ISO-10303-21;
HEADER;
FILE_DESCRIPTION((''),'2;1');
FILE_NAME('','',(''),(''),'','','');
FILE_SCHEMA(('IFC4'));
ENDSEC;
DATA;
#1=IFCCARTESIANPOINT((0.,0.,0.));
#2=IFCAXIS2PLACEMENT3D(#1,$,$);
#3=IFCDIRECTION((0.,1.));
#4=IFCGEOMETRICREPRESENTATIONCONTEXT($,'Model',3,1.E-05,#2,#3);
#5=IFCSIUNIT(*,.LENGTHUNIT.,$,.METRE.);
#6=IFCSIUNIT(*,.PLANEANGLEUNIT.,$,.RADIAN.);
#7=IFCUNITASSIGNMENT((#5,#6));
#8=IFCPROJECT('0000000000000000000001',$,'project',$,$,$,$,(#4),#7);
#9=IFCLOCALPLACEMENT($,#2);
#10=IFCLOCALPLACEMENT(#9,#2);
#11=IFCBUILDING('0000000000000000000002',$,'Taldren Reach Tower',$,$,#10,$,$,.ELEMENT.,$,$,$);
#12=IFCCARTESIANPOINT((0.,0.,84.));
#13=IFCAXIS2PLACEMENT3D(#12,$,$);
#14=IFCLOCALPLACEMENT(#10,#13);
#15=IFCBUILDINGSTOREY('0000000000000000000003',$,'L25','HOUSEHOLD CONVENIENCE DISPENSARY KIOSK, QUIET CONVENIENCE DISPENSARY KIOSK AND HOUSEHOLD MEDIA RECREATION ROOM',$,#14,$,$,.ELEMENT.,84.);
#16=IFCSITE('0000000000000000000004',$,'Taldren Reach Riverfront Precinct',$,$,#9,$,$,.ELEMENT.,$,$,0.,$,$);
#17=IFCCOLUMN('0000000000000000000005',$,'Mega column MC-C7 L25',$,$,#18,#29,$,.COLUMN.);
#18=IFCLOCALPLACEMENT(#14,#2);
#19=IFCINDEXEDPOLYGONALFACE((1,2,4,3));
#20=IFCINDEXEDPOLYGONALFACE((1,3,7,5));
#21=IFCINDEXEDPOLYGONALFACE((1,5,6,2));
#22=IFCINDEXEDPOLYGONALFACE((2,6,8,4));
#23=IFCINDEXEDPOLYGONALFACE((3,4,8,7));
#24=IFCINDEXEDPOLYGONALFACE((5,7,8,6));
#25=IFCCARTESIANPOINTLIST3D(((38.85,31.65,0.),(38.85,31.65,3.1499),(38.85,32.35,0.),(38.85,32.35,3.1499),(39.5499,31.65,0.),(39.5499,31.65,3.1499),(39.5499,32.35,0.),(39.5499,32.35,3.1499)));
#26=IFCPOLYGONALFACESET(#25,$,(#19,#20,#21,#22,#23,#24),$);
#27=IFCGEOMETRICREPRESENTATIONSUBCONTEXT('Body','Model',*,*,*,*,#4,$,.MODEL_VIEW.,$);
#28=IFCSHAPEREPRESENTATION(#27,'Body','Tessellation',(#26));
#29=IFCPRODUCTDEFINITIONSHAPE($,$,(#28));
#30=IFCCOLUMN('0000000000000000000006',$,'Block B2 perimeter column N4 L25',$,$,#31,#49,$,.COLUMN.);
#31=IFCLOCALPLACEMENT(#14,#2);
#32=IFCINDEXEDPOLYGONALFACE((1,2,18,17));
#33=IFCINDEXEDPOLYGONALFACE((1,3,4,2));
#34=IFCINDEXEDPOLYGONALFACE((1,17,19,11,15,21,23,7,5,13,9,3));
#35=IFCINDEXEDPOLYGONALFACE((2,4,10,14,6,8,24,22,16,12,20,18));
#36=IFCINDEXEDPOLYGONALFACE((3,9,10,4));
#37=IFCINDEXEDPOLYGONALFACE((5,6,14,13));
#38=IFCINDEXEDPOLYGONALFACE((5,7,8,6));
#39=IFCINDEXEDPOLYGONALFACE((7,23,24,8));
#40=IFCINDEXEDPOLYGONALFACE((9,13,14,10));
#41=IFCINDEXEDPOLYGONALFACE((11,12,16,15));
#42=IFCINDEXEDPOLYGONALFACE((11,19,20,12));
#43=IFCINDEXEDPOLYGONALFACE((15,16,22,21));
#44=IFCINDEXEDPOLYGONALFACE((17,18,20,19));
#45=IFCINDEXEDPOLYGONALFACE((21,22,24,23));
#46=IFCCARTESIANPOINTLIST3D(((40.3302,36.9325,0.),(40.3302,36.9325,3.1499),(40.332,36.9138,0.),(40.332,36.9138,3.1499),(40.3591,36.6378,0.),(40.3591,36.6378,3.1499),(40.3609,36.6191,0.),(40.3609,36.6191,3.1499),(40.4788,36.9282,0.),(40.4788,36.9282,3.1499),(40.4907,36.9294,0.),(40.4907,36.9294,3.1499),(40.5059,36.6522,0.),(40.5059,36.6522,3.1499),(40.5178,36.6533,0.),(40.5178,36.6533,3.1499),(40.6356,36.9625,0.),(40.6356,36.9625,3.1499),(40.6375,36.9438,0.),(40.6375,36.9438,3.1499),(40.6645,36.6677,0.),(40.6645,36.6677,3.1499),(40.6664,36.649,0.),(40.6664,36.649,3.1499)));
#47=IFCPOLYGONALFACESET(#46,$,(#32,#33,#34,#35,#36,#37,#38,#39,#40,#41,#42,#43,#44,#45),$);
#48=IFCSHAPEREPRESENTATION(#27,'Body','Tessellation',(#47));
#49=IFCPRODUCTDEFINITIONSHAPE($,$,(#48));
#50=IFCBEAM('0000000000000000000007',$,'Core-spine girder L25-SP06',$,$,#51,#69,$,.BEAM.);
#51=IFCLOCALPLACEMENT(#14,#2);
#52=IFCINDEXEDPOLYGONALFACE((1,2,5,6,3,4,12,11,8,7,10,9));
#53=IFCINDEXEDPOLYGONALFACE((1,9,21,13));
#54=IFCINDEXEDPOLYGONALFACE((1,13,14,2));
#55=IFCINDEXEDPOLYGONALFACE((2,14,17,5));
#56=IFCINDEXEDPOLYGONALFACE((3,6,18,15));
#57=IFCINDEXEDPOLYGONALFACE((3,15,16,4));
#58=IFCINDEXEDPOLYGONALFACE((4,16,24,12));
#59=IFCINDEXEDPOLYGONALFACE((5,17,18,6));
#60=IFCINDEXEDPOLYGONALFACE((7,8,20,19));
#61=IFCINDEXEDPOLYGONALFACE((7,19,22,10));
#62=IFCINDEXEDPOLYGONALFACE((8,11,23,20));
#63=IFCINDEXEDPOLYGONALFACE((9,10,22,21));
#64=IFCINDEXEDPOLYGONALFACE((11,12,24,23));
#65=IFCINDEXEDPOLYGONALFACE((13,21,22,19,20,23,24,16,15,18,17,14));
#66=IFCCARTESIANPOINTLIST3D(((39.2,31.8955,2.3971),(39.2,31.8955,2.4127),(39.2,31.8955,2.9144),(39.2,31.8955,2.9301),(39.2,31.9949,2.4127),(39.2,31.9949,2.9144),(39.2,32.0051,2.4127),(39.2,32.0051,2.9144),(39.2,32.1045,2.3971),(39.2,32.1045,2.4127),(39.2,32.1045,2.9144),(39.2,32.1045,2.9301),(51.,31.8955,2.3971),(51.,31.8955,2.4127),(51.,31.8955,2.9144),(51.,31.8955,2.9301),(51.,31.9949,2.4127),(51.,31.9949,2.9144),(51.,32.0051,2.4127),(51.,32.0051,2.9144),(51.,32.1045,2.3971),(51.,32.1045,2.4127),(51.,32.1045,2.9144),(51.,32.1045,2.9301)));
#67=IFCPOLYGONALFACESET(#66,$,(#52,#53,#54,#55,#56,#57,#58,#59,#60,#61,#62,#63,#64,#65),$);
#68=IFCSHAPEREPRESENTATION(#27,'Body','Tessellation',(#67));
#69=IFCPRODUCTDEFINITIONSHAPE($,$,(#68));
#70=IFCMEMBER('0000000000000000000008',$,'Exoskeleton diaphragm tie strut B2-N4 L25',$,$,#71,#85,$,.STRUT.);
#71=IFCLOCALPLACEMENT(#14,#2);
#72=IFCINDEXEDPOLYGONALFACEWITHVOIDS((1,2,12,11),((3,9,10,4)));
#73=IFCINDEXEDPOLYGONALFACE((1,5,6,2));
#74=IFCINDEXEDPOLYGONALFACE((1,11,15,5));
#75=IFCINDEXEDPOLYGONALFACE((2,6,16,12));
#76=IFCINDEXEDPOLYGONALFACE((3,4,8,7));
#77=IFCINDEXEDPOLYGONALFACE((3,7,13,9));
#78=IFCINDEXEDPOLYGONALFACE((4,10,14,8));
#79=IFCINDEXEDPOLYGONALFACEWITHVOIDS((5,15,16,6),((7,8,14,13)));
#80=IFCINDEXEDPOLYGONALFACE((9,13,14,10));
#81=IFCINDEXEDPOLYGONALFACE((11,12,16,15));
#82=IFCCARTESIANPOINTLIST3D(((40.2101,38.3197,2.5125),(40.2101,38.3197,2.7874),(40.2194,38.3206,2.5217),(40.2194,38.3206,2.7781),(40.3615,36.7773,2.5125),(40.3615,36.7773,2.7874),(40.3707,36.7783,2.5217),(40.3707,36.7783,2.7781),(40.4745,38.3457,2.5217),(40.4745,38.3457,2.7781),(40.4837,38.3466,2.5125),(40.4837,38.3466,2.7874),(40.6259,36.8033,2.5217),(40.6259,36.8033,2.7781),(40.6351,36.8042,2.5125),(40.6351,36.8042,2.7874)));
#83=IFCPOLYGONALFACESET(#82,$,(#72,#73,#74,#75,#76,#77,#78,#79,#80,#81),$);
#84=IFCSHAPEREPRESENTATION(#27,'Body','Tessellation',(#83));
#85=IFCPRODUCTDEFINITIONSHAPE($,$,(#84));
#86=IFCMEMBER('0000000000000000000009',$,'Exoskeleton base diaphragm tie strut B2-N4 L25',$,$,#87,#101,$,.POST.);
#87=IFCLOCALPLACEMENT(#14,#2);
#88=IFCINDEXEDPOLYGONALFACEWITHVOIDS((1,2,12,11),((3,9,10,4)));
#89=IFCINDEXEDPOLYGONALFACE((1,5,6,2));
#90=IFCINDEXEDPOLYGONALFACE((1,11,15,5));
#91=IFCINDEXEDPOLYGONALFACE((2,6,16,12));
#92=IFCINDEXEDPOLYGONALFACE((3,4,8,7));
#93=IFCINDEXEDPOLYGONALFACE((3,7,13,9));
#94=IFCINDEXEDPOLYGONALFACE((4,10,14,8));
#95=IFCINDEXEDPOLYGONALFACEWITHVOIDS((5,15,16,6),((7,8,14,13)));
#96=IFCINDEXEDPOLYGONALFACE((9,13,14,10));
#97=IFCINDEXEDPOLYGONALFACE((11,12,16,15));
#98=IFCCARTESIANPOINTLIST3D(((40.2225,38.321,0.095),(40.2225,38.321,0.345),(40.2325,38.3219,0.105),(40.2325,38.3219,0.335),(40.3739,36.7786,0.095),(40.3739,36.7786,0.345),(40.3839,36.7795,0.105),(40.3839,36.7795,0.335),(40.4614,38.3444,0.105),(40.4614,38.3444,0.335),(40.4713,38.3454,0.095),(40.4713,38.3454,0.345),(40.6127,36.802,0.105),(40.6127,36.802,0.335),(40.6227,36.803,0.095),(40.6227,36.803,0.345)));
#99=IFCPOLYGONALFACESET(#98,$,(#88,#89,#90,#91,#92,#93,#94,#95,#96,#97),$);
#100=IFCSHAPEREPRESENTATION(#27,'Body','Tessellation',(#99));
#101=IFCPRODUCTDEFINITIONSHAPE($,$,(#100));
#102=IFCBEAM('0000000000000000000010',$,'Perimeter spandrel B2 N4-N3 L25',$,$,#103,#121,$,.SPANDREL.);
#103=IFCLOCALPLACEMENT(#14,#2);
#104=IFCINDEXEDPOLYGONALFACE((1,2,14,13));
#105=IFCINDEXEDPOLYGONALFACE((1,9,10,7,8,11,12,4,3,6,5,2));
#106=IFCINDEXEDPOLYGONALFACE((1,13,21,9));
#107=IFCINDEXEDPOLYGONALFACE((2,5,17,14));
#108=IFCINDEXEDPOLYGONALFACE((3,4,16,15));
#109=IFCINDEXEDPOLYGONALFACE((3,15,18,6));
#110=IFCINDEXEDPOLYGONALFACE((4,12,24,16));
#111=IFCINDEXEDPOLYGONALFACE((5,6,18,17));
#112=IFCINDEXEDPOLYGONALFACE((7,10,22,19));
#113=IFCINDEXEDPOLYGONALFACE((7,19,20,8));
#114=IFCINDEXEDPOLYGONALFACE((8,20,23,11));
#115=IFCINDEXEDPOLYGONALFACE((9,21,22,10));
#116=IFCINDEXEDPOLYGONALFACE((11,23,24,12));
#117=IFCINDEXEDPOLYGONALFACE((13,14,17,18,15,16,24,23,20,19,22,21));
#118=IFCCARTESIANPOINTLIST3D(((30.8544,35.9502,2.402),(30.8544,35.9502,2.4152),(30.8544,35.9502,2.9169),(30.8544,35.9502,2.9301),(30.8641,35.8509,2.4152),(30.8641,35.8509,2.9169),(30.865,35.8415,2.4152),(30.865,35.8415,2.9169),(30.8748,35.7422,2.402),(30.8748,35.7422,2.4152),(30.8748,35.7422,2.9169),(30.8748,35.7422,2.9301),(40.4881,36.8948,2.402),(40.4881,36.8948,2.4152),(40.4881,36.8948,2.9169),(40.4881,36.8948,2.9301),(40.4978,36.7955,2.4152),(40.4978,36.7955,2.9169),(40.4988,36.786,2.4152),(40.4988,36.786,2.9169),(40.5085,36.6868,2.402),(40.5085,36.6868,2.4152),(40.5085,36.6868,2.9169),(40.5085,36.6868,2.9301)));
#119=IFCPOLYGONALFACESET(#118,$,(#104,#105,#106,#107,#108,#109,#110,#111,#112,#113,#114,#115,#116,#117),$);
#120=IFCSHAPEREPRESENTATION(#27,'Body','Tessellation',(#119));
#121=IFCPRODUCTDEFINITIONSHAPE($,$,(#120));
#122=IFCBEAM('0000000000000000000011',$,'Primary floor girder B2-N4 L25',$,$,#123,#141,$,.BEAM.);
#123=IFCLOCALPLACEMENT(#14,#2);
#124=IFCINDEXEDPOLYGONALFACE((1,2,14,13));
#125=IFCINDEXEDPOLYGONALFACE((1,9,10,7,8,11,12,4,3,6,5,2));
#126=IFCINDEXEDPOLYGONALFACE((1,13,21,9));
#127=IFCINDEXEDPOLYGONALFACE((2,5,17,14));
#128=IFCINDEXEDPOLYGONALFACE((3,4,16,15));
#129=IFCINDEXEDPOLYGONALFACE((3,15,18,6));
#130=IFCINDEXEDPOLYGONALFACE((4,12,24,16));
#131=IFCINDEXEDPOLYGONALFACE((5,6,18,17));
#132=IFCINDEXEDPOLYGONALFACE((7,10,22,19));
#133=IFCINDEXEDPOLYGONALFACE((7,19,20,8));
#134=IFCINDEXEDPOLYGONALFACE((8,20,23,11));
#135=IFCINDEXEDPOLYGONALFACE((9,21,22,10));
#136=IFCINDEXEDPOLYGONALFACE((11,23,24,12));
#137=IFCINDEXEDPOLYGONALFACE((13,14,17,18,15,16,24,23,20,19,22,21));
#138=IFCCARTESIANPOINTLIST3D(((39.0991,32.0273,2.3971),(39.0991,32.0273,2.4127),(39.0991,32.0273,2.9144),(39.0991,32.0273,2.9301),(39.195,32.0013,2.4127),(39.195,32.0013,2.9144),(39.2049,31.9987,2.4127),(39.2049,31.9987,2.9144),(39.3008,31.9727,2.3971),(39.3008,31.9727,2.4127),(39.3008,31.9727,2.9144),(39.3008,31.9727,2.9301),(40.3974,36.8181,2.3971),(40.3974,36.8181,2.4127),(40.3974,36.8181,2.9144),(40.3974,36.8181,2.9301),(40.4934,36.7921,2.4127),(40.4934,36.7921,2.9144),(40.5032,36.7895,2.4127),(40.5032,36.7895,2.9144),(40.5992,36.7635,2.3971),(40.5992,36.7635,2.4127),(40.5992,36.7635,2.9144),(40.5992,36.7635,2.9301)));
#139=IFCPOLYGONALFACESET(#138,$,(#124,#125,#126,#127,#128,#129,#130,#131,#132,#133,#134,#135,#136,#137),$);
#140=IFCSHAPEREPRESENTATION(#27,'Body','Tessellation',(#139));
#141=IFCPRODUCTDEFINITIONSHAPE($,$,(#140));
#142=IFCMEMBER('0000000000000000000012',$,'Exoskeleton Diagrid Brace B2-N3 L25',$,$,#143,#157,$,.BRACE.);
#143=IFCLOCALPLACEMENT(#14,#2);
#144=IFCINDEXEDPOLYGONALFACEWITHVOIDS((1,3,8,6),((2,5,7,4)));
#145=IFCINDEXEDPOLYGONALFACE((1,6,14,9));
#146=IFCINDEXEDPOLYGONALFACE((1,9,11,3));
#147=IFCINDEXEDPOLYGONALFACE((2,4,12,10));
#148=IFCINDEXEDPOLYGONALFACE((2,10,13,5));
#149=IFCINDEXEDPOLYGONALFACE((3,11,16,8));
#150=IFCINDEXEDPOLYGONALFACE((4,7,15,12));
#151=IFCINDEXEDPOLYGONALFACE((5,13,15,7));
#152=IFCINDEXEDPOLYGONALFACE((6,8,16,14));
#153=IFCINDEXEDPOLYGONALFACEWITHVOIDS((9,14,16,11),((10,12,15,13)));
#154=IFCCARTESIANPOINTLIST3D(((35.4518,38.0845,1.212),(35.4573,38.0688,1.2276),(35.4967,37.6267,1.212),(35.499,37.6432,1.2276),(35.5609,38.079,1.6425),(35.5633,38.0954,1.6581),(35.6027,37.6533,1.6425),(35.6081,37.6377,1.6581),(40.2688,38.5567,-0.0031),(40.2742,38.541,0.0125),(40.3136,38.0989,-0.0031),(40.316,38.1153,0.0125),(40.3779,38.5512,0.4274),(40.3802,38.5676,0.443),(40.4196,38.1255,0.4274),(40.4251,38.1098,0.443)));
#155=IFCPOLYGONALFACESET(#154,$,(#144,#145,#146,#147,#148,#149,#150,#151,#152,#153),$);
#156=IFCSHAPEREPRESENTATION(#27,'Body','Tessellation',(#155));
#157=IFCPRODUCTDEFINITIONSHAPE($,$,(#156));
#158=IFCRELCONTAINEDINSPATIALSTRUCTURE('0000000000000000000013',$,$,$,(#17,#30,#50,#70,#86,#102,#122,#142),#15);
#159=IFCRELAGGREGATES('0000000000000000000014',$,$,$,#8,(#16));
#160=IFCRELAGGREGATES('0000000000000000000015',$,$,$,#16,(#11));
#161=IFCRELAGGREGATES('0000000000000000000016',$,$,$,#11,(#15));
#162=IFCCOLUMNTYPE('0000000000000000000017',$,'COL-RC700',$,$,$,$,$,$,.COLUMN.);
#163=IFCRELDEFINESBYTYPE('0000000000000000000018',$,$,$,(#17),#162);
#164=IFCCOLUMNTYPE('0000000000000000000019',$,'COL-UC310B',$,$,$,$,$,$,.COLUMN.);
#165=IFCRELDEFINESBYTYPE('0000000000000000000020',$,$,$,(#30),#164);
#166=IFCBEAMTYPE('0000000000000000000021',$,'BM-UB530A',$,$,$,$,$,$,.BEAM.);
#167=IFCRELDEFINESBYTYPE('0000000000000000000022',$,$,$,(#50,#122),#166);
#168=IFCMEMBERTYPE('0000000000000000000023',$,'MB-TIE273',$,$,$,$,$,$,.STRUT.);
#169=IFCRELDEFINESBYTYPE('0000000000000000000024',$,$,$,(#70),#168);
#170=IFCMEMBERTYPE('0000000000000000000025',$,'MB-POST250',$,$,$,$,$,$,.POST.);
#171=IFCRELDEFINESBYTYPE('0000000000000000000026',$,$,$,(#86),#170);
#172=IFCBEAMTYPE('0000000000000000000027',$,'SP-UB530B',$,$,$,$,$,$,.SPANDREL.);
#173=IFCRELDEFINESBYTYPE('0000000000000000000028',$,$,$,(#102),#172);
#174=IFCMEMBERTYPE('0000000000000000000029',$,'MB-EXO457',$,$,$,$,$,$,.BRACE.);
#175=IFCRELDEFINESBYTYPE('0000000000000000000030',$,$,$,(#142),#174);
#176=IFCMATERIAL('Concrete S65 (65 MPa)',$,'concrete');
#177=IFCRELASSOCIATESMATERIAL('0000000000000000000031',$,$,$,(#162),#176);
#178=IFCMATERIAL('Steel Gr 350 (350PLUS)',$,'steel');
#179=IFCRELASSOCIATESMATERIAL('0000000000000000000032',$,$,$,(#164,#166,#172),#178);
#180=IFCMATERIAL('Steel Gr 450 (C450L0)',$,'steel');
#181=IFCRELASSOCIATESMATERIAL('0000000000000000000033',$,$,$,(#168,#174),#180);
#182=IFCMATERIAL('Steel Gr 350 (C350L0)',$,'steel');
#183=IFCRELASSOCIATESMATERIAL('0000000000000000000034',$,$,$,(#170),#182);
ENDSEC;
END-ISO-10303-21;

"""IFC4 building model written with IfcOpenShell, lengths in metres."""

from ifc_helpers import new_model, si_unit, direction, frame, origin, origin_2d, place, context, subcontext, project, spatial, rectangle, hollow_rectangle, i_section, extrude, source, transform, mapped, material, material_profile, profile_set, type_object, element, save


model = new_model("IFC4")

# Units and contexts
model_context = context("Model", 3, precision=1e-05, world=origin(), true_north=direction((0.0, 1.0)))
body_context = subcontext(model_context, "Body", "Model", "MODEL_VIEW")
ifc_project = project(units=[si_unit("LENGTHUNIT", "METRE"), si_unit("PLANEANGLEUNIT", "RADIAN")], contexts=[model_context])

# Site, building, storey
site_placement = place(None, origin())
site = spatial("IfcSite", under=ifc_project, at=site_placement, Name="Taldren Reach Riverfront Precinct", CompositionType="ELEMENT", RefElevation=0.0)
building_placement = place(site_placement, origin())
building = spatial("IfcBuilding", under=site, at=building_placement, Name="Taldren Reach Tower", CompositionType="ELEMENT")
storey_placement = place(building_placement, frame((0.0, 0.0, 84.0)))
storey = spatial("IfcBuildingStorey", under=building, at=storey_placement, Name="L25", Description="HOUSEHOLD CONVENIENCE DISPENSARY KIOSK, QUIET CONVENIENCE DISPENSARY KIOSK AND HOUSEHOLD MEDIA RECREATION ROOM", CompositionType="ELEMENT", Elevation=84.0)

# Columns
ifc_material_1 = material(Name="Concrete S65 (65 MPa)", Category="concrete")
ifc_material_profile_1 = material_profile(ifc_material_1, rectangle(XDim=0.7, YDim=0.7, at=origin_2d()), Name="RC-700x700")
ifc_profile_set_1 = profile_set([ifc_material_profile_1], Name="Concrete S65 (65 MPa)")
column_type_1 = type_object("IfcColumnType", Name="COL-RC700", PredefinedType="COLUMN", material=ifc_profile_set_1)
shared_shape_1 = source(origin(), body_context, "Body", "SweptSolid", [
    extrude(rectangle(XDim=0.7, YDim=0.7, at=origin_2d()), origin(), (0.0, 0.0, 1.0), 3.1499),
])
column_1_placement = place(storey_placement, frame((39.2, 32.0, 0.0), z_axis=(0.0, 0.0, 1.0), x_axis=(1.0, 0.0, 0.0)))
element("IfcColumn", 1, at=column_1_placement, inside=storey, type_object=column_type_1, Name="Mega column MC-C7 L25", PredefinedType="COLUMN", context=body_context, shape_type="MappedRepresentation", body=[
    mapped(shared_shape_1, transform((0.0, 0.0, 0.0), scale=1.0)),
])
ifc_material_2 = material(Name="Steel Gr 350 (350PLUS)", Category="steel")
ifc_material_profile_2 = material_profile(ifc_material_2, i_section(OverallWidth=0.3069, OverallDepth=0.3149, WebThickness=0.012, FlangeThickness=0.0188, at=origin_2d()), Name="310UC118")
ifc_profile_set_2 = profile_set([ifc_material_profile_2], Name="Steel Gr 350 (350PLUS)")
column_type_2 = type_object("IfcColumnType", Name="COL-UC310B", PredefinedType="COLUMN", material=ifc_profile_set_2)
shared_shape_2 = source(origin(), body_context, "Body", "SweptSolid", [
    extrude(i_section(OverallWidth=0.3069, OverallDepth=0.3149, WebThickness=0.012, FlangeThickness=0.0188, at=origin_2d()), origin(), (0.0, 0.0, 1.0), 3.1499),
])
column_2_placement = place(storey_placement, frame((40.4983, 36.7908, 0.0), z_axis=(0.0, 0.0, 1.0), x_axis=(0.995227, 0.097583, 0.0)))
element("IfcColumn", 2, at=column_2_placement, inside=storey, type_object=column_type_2, Name="Block B2 perimeter column N4 L25", PredefinedType="COLUMN", context=body_context, shape_type="MappedRepresentation", body=[
    mapped(shared_shape_2, transform((0.0, 0.0, 0.0), scale=1.0)),
])

# Beam
ifc_material_profile_3 = material_profile(ifc_material_2, i_section(OverallWidth=0.209, OverallDepth=0.533, WebThickness=0.0103, FlangeThickness=0.0156, at=origin_2d()), Name="530UB92.4")
ifc_profile_set_3 = profile_set([ifc_material_profile_3], Name="Steel Gr 350 (350PLUS)")
beam_type_1 = type_object("IfcBeamType", Name="BM-UB530A", PredefinedType="BEAM", material=ifc_profile_set_3)
shared_shape_3 = source(origin(), body_context, "Body", "SweptSolid", [
    extrude(i_section(OverallWidth=0.209, OverallDepth=0.533, WebThickness=0.0103, FlangeThickness=0.0156, at=origin_2d()), origin(), (0.0, 0.0, 1.0), 11.8),
])
beam_1_placement = place(storey_placement, frame((39.2, 32.0, 2.6636), z_axis=(1.0, 0.0, 0.0), x_axis=(0.0, 1.0, 0.0)))
element("IfcBeam", 3, at=beam_1_placement, inside=storey, type_object=beam_type_1, Name="Core-spine girder L25-SP06", PredefinedType="BEAM", context=body_context, shape_type="MappedRepresentation", body=[
    mapped(shared_shape_3, transform((0.0, 0.0, 0.0), scale=1.0)),
])

# Members
ifc_material_3 = material(Name="Steel Gr 450 (C450L0)", Category="steel")
ifc_material_profile_4 = material_profile(ifc_material_3, hollow_rectangle(XDim=0.2749, YDim=0.2749, WallThickness=0.0093, at=origin_2d()), Name="275x275x9.3SHS")
ifc_profile_set_4 = profile_set([ifc_material_profile_4], Name="Steel Gr 450 (C450L0)")
member_type_1 = type_object("IfcMemberType", Name="MB-TIE273", PredefinedType="STRUT", material=ifc_profile_set_4)
shared_shape_4 = source(origin(), body_context, "Body", "SweptSolid", [
    extrude(hollow_rectangle(XDim=0.2749, YDim=0.2749, WallThickness=0.0093, at=origin_2d()), origin(), (0.0, 0.0, 1.0), 1.5498),
])
member_1_placement = place(storey_placement, frame((40.4983, 36.7908, 2.6499), z_axis=(-0.097663, 0.99522, 0.0), x_axis=(-0.99522, -0.097663, 0.0)))
element("IfcMember", 4, at=member_1_placement, inside=storey, type_object=member_type_1, Name="Exoskeleton diaphragm tie strut B2-N4 L25", PredefinedType="STRUT", context=body_context, shape_type="MappedRepresentation", body=[
    mapped(shared_shape_4, transform((0.0, 0.0, 0.0), scale=1.0)),
])
ifc_material_4 = material(Name="Steel Gr 350 (C350L0)", Category="steel")
ifc_material_profile_5 = material_profile(ifc_material_4, hollow_rectangle(XDim=0.25, YDim=0.25, WallThickness=0.01, at=origin_2d()), Name="250x250x10.0SHS")
ifc_profile_set_5 = profile_set([ifc_material_profile_5], Name="Steel Gr 350 (C350L0)")
member_type_2 = type_object("IfcMemberType", Name="MB-POST250", PredefinedType="POST", material=ifc_profile_set_5)
shared_shape_5 = source(origin(), body_context, "Body", "SweptSolid", [
    extrude(hollow_rectangle(XDim=0.25, YDim=0.25, WallThickness=0.01, at=origin_2d()), origin(), (0.0, 0.0, 1.0), 1.5498),
])
member_2_placement = place(storey_placement, frame((40.4983, 36.7908, 0.22), z_axis=(-0.097663, 0.99522, 0.0), x_axis=(-0.99522, -0.097663, 0.0)))
element("IfcMember", 5, at=member_2_placement, inside=storey, type_object=member_type_2, Name="Exoskeleton base diaphragm tie strut B2-N4 L25", PredefinedType="POST", context=body_context, shape_type="MappedRepresentation", body=[
    mapped(shared_shape_5, transform((0.0, 0.0, 0.0), scale=1.0)),
])

# Beams
ifc_material_profile_6 = material_profile(ifc_material_2, i_section(OverallWidth=0.209, OverallDepth=0.5281, WebThickness=0.0095, FlangeThickness=0.0132, at=origin_2d()), Name="530UB82.0")
ifc_profile_set_6 = profile_set([ifc_material_profile_6], Name="Steel Gr 350 (350PLUS)")
beam_type_2 = type_object("IfcBeamType", Name="SP-UB530B", PredefinedType="SPANDREL", material=ifc_profile_set_6)
shared_shape_6 = source(origin(), body_context, "Body", "SweptSolid", [
    extrude(i_section(OverallWidth=0.209, OverallDepth=0.5281, WebThickness=0.0095, FlangeThickness=0.0132, at=origin_2d()), origin(), (0.0, 0.0, 1.0), 9.6799),
])
beam_2_placement = place(storey_placement, frame((40.4983, 36.7908, 2.666), z_axis=(-0.995228, -0.097581, 0.0), x_axis=(0.097581, -0.995228, 0.0)))
element("IfcBeam", 6, at=beam_2_placement, inside=storey, type_object=beam_type_2, Name="Perimeter spandrel B2 N4-N3 L25", PredefinedType="SPANDREL", context=body_context, shape_type="MappedRepresentation", body=[
    mapped(shared_shape_6, transform((0.0, 0.0, 0.0), scale=1.0)),
])
shared_shape_7 = source(origin(), body_context, "Body", "SweptSolid", [
    extrude(i_section(OverallWidth=0.209, OverallDepth=0.533, WebThickness=0.0103, FlangeThickness=0.0156, at=origin_2d()), origin(), (0.0, 0.0, 1.0), 4.9636),
])
beam_3_placement = place(storey_placement, frame((39.2, 32.0, 2.6636), z_axis=(0.261573, 0.965184, 0.0), x_axis=(-0.965184, 0.261573, 0.0)))
element("IfcBeam", 7, at=beam_3_placement, inside=storey, type_object=beam_type_1, Name="Primary floor girder B2-N4 L25", PredefinedType="BEAM", context=body_context, shape_type="MappedRepresentation", body=[
    mapped(shared_shape_7, transform((0.0, 0.0, 0.0), scale=1.0)),
])

# Member
ifc_material_profile_7 = material_profile(ifc_material_3, hollow_rectangle(XDim=0.46, YDim=0.46, WallThickness=0.0161, at=origin_2d()), Name="460x460x16.0SHS")
ifc_profile_set_7 = profile_set([ifc_material_profile_7], Name="Steel Gr 450 (C450L0)")
member_type_3 = type_object("IfcMemberType", Name="MB-EXO457", PredefinedType="BRACE", material=ifc_profile_set_7)
shared_shape_8 = source(origin(), body_context, "Body", "SweptSolid", [
    extrude(hollow_rectangle(XDim=0.46, YDim=0.46, WallThickness=0.0161, at=origin_2d()), origin(), (0.0, 0.0, 1.0), 4.9902),
])
for number, where, z_axis, x_axis, name in (
    (8, (40.3469, 38.3333, 0.22), (-0.965276, -0.09462, 0.243496), (0.097556, -0.99523, 0.0), "Exoskeleton Diagrid Brace B2-N3 L25"),
):
    element("IfcMember", number, at=place(storey_placement, frame(where, z_axis=z_axis, x_axis=x_axis)), inside=storey, type_object=member_type_3, Name=name, PredefinedType="BRACE", context=body_context, shape_type="MappedRepresentation", body=[
        mapped(shared_shape_8, transform((0.0, 0.0, 0.0), scale=1.0)),
    ])

save(model, "model.ifc")
